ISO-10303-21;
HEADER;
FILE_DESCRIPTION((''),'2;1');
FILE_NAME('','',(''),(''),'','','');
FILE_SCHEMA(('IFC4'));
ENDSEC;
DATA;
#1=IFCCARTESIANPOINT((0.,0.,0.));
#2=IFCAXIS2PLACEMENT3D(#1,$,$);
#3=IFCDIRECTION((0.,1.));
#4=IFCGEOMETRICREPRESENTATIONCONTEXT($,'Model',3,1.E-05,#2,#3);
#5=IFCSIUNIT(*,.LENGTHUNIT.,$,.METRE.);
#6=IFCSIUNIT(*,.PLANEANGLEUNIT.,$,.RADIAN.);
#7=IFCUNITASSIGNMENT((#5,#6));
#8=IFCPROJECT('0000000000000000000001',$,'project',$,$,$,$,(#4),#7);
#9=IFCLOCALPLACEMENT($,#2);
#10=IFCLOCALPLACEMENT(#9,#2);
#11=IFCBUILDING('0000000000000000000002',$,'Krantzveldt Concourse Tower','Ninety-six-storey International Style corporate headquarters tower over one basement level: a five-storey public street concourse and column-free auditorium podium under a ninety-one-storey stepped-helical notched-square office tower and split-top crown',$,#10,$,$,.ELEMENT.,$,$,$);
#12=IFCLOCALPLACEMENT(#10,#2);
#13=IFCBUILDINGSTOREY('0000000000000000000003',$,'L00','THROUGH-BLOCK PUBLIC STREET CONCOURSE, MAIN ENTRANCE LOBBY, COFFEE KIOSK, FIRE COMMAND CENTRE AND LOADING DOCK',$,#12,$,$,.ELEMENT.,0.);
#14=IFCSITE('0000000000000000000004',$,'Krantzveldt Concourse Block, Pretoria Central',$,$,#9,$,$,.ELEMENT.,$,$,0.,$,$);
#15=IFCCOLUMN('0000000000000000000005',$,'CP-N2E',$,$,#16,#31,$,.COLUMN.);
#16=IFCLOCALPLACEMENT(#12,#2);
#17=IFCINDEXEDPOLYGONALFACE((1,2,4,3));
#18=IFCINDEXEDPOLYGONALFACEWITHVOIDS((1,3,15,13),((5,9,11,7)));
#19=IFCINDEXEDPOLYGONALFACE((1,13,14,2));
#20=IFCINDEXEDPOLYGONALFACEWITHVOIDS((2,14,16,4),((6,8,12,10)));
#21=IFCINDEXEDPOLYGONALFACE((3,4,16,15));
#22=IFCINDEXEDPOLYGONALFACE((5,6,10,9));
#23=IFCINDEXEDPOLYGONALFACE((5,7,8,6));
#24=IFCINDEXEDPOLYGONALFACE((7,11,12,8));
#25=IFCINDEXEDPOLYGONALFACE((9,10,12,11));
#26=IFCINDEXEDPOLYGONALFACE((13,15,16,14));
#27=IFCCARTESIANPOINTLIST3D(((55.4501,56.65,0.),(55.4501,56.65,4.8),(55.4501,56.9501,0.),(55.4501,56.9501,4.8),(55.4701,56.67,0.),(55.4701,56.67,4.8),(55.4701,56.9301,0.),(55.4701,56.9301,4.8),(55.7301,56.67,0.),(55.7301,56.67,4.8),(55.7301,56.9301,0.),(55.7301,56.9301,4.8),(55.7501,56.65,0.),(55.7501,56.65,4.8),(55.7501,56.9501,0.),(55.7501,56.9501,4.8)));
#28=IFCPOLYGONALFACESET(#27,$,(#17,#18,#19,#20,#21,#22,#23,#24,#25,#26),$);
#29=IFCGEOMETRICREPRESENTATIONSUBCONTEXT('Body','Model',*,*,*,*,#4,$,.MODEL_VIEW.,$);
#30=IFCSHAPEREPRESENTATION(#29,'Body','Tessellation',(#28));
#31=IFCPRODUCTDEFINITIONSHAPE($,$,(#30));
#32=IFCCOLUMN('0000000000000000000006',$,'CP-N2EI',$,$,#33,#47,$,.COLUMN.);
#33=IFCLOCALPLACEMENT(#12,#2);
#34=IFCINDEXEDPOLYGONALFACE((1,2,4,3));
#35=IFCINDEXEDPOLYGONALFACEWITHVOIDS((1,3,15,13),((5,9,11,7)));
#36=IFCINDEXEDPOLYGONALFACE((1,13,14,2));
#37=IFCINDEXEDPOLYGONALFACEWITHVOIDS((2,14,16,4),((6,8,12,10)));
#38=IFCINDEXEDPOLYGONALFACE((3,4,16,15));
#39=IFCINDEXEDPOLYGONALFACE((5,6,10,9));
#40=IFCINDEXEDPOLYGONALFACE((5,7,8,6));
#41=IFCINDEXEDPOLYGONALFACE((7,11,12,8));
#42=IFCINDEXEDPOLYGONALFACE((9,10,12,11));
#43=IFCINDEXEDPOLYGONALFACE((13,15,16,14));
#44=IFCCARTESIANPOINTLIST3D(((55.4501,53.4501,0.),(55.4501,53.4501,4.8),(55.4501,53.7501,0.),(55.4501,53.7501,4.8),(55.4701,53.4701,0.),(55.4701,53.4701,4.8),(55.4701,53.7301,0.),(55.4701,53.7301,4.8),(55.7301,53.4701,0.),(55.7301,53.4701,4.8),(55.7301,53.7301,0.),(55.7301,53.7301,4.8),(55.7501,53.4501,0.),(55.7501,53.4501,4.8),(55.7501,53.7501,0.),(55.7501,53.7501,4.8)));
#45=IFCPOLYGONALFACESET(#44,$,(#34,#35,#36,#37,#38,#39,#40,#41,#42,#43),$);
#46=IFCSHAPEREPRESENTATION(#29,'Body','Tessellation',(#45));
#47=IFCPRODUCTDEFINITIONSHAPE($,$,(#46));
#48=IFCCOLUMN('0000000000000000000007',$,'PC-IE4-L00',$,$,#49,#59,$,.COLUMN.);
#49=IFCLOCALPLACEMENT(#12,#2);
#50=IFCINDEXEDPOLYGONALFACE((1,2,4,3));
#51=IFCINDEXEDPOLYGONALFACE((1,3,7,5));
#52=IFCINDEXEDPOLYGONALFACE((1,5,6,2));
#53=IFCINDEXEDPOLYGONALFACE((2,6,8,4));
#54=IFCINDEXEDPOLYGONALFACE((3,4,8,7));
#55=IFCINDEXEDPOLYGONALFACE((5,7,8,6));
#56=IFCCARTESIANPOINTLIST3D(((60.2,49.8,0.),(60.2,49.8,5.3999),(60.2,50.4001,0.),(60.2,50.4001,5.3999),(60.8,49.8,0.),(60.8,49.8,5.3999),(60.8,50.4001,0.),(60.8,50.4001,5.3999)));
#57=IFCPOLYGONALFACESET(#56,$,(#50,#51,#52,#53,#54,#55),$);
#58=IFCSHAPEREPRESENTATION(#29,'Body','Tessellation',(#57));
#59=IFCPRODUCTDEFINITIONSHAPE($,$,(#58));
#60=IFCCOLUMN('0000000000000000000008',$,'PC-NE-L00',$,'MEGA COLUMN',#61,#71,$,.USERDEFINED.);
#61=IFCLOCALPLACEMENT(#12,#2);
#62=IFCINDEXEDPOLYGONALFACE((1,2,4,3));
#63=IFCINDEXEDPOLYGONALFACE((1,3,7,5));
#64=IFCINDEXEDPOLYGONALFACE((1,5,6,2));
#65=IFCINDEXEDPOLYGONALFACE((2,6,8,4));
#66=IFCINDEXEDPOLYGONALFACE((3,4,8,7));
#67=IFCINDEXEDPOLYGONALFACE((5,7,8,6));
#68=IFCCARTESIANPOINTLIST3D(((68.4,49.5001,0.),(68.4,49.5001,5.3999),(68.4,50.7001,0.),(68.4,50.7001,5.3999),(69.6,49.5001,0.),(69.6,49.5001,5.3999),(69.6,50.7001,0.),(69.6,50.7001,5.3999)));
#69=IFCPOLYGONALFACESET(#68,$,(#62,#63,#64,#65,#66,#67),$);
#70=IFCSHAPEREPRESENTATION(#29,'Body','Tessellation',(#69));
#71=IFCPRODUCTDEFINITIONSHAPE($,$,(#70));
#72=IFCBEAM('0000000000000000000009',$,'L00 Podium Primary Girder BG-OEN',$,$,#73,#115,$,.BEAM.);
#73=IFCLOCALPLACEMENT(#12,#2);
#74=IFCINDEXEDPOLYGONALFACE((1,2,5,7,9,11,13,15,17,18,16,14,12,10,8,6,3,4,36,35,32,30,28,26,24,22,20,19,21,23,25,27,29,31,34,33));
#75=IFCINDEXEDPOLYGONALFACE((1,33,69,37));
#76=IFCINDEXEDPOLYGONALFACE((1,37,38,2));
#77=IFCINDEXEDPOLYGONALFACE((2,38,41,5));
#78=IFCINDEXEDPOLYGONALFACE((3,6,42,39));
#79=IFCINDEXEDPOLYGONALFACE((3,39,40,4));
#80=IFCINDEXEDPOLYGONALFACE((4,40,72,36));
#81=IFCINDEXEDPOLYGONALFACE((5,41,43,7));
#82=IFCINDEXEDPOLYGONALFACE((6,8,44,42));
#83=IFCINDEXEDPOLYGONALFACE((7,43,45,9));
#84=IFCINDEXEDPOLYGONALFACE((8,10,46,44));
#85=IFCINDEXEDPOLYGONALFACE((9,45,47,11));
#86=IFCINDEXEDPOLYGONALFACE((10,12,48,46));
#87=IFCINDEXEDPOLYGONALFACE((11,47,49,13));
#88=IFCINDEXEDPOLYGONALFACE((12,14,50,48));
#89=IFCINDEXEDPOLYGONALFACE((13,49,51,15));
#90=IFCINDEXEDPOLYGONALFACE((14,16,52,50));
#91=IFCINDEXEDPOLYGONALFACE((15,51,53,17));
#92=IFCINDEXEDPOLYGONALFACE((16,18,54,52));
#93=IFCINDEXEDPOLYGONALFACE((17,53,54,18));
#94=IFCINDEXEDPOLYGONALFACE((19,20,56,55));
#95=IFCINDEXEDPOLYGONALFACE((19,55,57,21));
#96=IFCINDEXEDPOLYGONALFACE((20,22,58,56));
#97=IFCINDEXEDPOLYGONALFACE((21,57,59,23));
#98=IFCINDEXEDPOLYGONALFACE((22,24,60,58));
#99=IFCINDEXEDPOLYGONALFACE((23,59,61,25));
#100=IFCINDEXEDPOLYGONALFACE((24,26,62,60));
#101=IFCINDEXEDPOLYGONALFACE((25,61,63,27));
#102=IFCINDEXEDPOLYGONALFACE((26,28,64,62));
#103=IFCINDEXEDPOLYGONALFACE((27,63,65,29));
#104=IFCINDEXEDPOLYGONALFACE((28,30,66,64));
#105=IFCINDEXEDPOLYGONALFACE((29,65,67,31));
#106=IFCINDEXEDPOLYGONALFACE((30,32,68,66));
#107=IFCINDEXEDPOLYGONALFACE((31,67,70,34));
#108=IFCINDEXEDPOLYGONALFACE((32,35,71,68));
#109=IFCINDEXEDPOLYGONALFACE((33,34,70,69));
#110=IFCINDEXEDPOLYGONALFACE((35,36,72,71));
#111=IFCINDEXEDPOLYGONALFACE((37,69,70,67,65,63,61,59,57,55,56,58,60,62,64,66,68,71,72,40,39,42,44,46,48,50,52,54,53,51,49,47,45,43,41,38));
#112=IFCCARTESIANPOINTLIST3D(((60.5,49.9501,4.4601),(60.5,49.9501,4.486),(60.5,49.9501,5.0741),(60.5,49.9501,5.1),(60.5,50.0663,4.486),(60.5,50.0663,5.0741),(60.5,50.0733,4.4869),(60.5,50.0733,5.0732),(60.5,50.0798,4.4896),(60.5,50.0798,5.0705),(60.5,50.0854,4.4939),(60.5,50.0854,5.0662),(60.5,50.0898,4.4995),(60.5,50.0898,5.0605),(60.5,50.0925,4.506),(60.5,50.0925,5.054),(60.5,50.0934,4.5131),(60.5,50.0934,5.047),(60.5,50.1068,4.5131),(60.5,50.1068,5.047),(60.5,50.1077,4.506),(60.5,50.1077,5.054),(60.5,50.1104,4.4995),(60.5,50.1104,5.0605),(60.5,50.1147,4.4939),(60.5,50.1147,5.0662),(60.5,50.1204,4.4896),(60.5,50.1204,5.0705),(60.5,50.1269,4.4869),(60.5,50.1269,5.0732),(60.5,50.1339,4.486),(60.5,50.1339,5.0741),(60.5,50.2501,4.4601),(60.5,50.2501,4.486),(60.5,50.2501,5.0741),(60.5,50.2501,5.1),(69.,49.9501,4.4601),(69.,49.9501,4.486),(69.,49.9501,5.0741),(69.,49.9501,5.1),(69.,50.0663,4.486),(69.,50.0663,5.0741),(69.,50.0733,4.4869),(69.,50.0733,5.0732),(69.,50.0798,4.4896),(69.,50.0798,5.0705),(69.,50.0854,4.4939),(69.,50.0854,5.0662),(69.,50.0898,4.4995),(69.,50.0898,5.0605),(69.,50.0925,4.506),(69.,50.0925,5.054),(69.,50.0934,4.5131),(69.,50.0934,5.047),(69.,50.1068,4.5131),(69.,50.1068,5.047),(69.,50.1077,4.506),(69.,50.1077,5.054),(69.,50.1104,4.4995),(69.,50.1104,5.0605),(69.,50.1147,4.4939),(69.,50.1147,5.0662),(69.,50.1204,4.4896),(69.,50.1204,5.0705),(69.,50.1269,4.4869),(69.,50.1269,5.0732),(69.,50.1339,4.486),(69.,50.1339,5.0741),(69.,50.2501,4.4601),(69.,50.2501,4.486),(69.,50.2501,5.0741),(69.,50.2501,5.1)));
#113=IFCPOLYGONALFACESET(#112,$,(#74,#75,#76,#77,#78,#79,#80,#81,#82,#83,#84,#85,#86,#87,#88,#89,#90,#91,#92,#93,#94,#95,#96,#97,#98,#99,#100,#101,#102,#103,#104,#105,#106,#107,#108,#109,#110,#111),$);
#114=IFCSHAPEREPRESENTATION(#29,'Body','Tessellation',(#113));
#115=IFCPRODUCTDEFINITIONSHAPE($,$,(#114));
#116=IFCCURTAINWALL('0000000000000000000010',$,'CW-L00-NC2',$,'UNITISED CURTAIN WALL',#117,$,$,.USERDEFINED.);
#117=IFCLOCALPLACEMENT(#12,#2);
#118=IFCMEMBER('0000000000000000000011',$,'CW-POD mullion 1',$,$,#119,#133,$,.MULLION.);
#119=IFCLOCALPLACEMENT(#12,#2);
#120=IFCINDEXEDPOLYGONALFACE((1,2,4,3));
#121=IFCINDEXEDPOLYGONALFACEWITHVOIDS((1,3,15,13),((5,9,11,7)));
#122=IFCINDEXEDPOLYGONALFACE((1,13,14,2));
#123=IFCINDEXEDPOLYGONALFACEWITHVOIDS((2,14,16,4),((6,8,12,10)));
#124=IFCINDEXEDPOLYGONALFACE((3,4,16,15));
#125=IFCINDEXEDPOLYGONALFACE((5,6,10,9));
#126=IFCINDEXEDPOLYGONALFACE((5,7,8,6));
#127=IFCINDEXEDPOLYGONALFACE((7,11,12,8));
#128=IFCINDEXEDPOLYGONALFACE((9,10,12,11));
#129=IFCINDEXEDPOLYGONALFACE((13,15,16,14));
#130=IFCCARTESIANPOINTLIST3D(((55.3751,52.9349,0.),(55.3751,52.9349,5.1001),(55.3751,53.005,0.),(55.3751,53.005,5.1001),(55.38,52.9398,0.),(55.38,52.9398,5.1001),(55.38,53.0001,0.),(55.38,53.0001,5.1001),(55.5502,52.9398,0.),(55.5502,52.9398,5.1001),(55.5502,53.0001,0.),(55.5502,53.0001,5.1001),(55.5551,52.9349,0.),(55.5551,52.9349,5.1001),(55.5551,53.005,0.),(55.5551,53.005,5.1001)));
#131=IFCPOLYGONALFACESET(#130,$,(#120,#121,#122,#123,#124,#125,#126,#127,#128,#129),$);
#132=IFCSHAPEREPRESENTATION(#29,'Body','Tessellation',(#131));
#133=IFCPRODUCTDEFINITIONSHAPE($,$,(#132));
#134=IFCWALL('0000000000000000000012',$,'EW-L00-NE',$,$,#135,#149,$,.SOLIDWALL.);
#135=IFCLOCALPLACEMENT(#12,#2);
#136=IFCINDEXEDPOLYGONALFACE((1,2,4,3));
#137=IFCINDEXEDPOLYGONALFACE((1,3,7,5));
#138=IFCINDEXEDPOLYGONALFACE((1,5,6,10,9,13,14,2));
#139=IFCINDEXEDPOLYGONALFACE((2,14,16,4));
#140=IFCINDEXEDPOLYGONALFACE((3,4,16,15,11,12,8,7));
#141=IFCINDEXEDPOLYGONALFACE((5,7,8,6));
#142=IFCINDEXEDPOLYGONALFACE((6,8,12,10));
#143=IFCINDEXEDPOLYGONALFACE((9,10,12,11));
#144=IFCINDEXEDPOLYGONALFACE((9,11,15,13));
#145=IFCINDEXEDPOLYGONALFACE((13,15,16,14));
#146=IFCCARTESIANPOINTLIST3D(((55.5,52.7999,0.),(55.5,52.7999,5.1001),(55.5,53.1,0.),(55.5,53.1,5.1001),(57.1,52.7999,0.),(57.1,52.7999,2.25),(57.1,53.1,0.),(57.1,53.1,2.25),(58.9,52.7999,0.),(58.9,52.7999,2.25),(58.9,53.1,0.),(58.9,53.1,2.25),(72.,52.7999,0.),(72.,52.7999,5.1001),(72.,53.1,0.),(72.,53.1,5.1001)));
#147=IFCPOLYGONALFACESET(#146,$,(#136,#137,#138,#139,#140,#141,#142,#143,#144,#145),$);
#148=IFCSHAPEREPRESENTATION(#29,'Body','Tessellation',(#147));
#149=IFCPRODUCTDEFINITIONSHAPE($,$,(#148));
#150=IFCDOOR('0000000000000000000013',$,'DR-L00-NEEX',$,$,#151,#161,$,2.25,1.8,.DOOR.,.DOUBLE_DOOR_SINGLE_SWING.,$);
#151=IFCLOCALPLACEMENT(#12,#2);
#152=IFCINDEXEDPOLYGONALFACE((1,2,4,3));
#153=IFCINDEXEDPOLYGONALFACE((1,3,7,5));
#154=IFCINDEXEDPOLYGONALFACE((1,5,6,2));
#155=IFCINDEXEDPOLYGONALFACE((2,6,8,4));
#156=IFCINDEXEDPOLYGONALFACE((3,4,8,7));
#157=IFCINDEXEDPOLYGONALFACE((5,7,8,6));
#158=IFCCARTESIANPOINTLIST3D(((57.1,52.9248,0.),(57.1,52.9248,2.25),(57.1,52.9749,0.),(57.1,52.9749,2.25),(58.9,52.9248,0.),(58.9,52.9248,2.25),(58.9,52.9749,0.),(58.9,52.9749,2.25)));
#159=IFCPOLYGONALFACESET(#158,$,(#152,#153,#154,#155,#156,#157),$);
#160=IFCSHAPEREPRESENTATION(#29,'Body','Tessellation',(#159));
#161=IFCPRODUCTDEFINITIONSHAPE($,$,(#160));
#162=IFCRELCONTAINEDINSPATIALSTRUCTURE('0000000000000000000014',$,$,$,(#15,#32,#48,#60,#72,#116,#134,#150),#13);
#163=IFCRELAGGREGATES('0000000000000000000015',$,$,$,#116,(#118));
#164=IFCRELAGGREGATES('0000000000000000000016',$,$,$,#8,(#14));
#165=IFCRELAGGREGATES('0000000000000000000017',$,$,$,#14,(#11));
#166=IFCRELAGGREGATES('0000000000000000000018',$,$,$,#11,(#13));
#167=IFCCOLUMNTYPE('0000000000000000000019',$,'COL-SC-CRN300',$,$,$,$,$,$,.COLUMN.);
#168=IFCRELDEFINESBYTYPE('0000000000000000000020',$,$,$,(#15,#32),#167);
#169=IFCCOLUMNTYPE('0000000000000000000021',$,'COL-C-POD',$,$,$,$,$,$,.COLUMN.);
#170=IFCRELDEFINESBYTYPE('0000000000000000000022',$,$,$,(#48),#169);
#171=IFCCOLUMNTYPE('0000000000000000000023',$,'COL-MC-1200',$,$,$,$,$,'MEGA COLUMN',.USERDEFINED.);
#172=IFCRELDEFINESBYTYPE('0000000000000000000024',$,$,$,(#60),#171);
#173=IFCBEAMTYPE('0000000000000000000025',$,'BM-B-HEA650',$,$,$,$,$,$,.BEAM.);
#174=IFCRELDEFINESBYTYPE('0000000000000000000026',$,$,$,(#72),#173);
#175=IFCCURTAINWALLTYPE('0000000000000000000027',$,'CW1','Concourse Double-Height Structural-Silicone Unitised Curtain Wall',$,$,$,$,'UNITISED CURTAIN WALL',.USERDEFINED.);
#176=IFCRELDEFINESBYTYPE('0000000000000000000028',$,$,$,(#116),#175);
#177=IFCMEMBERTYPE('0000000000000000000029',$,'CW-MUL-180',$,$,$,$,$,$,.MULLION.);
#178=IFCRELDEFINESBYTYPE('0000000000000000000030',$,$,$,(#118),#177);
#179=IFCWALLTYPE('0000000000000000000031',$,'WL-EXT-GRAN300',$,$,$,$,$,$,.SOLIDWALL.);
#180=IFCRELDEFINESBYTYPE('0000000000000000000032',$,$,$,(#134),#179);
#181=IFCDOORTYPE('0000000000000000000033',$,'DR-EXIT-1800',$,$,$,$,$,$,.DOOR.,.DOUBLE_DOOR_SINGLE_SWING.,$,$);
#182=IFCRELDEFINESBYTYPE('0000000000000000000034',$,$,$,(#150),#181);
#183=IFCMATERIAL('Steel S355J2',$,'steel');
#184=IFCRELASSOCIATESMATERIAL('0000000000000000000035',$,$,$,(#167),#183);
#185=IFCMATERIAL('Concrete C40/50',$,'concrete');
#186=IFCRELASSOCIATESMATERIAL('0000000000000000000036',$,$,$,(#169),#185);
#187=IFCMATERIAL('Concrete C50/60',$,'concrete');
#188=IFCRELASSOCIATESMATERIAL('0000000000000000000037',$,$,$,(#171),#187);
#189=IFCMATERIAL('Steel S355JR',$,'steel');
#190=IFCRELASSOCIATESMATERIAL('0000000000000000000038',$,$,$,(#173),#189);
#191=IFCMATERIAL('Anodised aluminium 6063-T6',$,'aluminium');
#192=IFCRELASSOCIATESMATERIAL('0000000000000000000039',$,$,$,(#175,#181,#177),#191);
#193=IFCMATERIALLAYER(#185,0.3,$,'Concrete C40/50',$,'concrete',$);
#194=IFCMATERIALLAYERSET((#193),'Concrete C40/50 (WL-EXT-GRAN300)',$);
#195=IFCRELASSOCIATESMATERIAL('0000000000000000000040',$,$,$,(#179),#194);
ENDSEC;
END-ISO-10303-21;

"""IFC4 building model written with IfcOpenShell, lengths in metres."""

from ifc_helpers import new_model, si_unit, direction, frame, frame_2d, origin, origin_2d, place, context, subcontext, project, spatial, rectangle, hollow_rectangle, i_section, extrude, source, transform, mapped, material, layer, layer_set, material_profile, profile_set, type_object, type_shapes, element, fill, aggregate, save


model = new_model("IFC4")

# Units and contexts
model_context = context("Model", 3, precision=1e-05, world=origin(), true_north=direction((0.0, 1.0)))
body_context = subcontext(model_context, "Body", "Model", "MODEL_VIEW")
ifc_project = project(units=[si_unit("LENGTHUNIT", "METRE"), si_unit("PLANEANGLEUNIT", "RADIAN")], contexts=[model_context])

# Site, building, storey
site_placement = place(None, origin())
site = spatial("IfcSite", under=ifc_project, at=site_placement, Name="Krantzveldt Concourse Block, Pretoria Central", CompositionType="ELEMENT", RefElevation=0.0)
building_placement = place(site_placement, origin())
building = spatial("IfcBuilding", under=site, at=building_placement, Name="Krantzveldt Concourse Tower", Description="Ninety-six-storey International Style corporate headquarters tower over one basement level: a five-storey public street concourse and column-free auditorium podium under a ninety-one-storey stepped-helical notched-square office tower and split-top crown", CompositionType="ELEMENT")
storey_placement = place(building_placement, origin())
storey = spatial("IfcBuildingStorey", under=building, at=storey_placement, Name="L00", Description="THROUGH-BLOCK PUBLIC STREET CONCOURSE, MAIN ENTRANCE LOBBY, COFFEE KIOSK, FIRE COMMAND CENTRE AND LOADING DOCK", CompositionType="ELEMENT", Elevation=0.0)

# Columns
ifc_material_1 = material(Name="Steel S355J2", Category="steel")
ifc_material_profile_1 = material_profile(ifc_material_1, hollow_rectangle(XDim=0.3, YDim=0.3, WallThickness=0.02, at=origin_2d()), Name="Steel S355J2", Category="steel")
ifc_profile_set_1 = profile_set([ifc_material_profile_1], Name="Steel S355J2 - SHS 300x300x20")
column_type_1 = type_object("IfcColumnType", Name="COL-SC-CRN300", PredefinedType="COLUMN", material=ifc_profile_set_1)
shared_shape_1 = source(origin(), body_context, "Body", "SweptSolid", [
    extrude(hollow_rectangle(XDim=0.3, YDim=0.3, WallThickness=0.02, at=origin_2d()), origin(), (0.0, 0.0, 1.0), 4.8),
])
type_shapes(column_type_1, [shared_shape_1])
for number, where, z_axis, x_axis, name in (
    (1, (55.6001, 56.8, 0.0), (0.0, 0.0, 1.0), (1.0, 0.0, 0.0), "CP-N2E"),
    (2, (55.6001, 53.6001, 0.0), (0.0, 0.0, 1.0), (1.0, 0.0, 0.0), "CP-N2EI"),
):
    element("IfcColumn", number, at=place(storey_placement, frame(where, z_axis=z_axis, x_axis=x_axis)), inside=storey, type_object=column_type_1, Name=name, PredefinedType="COLUMN", context=body_context, shape_type="MappedRepresentation", body=[
        mapped(shared_shape_1, transform((0.0, 0.0, 0.0), x_axis=(1.0, 0.0, 0.0), y_axis=(0.0, 1.0, 0.0), z_axis=(0.0, 0.0, 1.0), scale=1.0)),
    ])
ifc_material_2 = material(Name="Concrete C40/50", Category="concrete")
ifc_material_profile_2 = material_profile(ifc_material_2, rectangle(XDim=0.6001, YDim=0.6001, at=origin_2d()), Name="Concrete C40/50", Category="concrete")
ifc_profile_set_2 = profile_set([ifc_material_profile_2], Name="Concrete C40/50 - RC 600x600")
column_type_2 = type_object("IfcColumnType", Name="COL-C-POD", PredefinedType="COLUMN", material=ifc_profile_set_2)
shared_shape_2 = source(origin(), body_context, "Body", "SweptSolid", [
    extrude(rectangle(XDim=0.6001, YDim=0.6001, at=origin_2d()), origin(), (0.0, 0.0, 1.0), 5.3999),
])
type_shapes(column_type_2, [shared_shape_2])
column_1_placement = place(storey_placement, frame((60.5, 50.1001, 0.0), z_axis=(0.0, 0.0, 1.0), x_axis=(1.0, 0.0, 0.0)))
element("IfcColumn", 3, at=column_1_placement, inside=storey, type_object=column_type_2, Name="PC-IE4-L00", PredefinedType="COLUMN", context=body_context, shape_type="MappedRepresentation", body=[
    mapped(shared_shape_2, transform((0.0, 0.0, 0.0), x_axis=(1.0, 0.0, 0.0), y_axis=(0.0, 1.0, 0.0), z_axis=(0.0, 0.0, 1.0), scale=1.0)),
])
ifc_material_3 = material(Name="Concrete C50/60", Category="concrete")
ifc_material_profile_3 = material_profile(ifc_material_3, rectangle(XDim=1.2, YDim=1.2, at=origin_2d()), Name="Concrete C50/60", Category="concrete")
ifc_profile_set_3 = profile_set([ifc_material_profile_3], Name="Concrete C50/60 - RC 1200x1200")
column_type_3 = type_object("IfcColumnType", Name="COL-MC-1200", ElementType="MEGA COLUMN", PredefinedType="USERDEFINED", material=ifc_profile_set_3)
shared_shape_3 = source(origin(), body_context, "Body", "SweptSolid", [
    extrude(rectangle(XDim=1.2, YDim=1.2, at=origin_2d()), origin(), (0.0, 0.0, 1.0), 5.3999),
])
type_shapes(column_type_3, [shared_shape_3])
column_2_placement = place(storey_placement, frame((69.0, 50.1001, 0.0), z_axis=(0.0, 0.0, 1.0), x_axis=(1.0, 0.0, 0.0)))
element("IfcColumn", 4, at=column_2_placement, inside=storey, type_object=column_type_3, Name="PC-NE-L00", ObjectType="MEGA COLUMN", PredefinedType="USERDEFINED", context=body_context, shape_type="MappedRepresentation", body=[
    mapped(shared_shape_3, transform((0.0, 0.0, 0.0), x_axis=(1.0, 0.0, 0.0), y_axis=(0.0, 1.0, 0.0), z_axis=(0.0, 0.0, 1.0), scale=1.0)),
])

# Beam
ifc_material_4 = material(Name="Steel S355JR", Category="steel")
ifc_material_profile_4 = material_profile(ifc_material_4, i_section(OverallWidth=0.3, OverallDepth=0.6399, WebThickness=0.0134, FlangeThickness=0.0259, FilletRadius=0.0271, at=origin_2d()), Name="Steel S355JR", Category="steel")
ifc_profile_set_4 = profile_set([ifc_material_profile_4], Name="Steel S355JR - HEA 650")
beam_type = type_object("IfcBeamType", Name="BM-B-HEA650", PredefinedType="BEAM", material=ifc_profile_set_4)
shared_shape_4 = source(origin(), body_context, "Body", "SweptSolid", [
    extrude(i_section(OverallWidth=0.3, OverallDepth=0.6399, WebThickness=0.0134, FlangeThickness=0.0259, FilletRadius=0.0271, at=origin_2d()), origin(), (0.0, 0.0, 1.0), 8.5),
])
type_shapes(beam_type, [shared_shape_4])
beam_placement = place(storey_placement, frame((60.5, 50.1001, 4.78), z_axis=(1.0, 0.0, 0.0), x_axis=(0.0, 1.0, 0.0)))
element("IfcBeam", 5, at=beam_placement, inside=storey, type_object=beam_type, Name="L00 Podium Primary Girder BG-OEN", PredefinedType="BEAM", context=body_context, shape_type="MappedRepresentation", body=[
    mapped(shared_shape_4, transform((0.0, 0.0, 0.0), x_axis=(1.0, 0.0, 0.0), y_axis=(0.0, 1.0, 0.0), z_axis=(0.0, 0.0, 1.0), scale=1.0)),
])

# Curtain wall, member
ifc_material_5 = material(Name="Anodised aluminium 6063-T6", Category="aluminium")
curtain_wall_type = type_object("IfcCurtainWallType", Name="CW1", Description="Concourse Double-Height Structural-Silicone Unitised Curtain Wall", ElementType="UNITISED CURTAIN WALL", PredefinedType="USERDEFINED", material=ifc_material_5)
curtain_wall_placement = place(storey_placement, origin())
curtain_wall = element("IfcCurtainWall", 6, at=curtain_wall_placement, inside=storey, type_object=curtain_wall_type, Name="CW-L00-NC2", ObjectType="UNITISED CURTAIN WALL", PredefinedType="USERDEFINED")
ifc_material_profile_5 = material_profile(ifc_material_5, hollow_rectangle(XDim=0.0701, YDim=0.1799, WallThickness=0.0049, at=origin_2d()), Name="Anodised aluminium 6063-T6", Category="aluminium")
ifc_profile_set_5 = profile_set([ifc_material_profile_5], Name="Anodised aluminium 6063-T6 - ALU-MULL 180x70x5")
member_type = type_object("IfcMemberType", Name="CW-MUL-180", PredefinedType="MULLION", material=ifc_profile_set_5)
shared_shape_5 = source(origin(), body_context, "Body", "SweptSolid", [
    extrude(hollow_rectangle(XDim=0.0701, YDim=0.1799, WallThickness=0.0049, at=origin_2d()), origin(), (0.0, 0.0, 1.0), 5.1001),
])
type_shapes(member_type, [shared_shape_5])
member_placement = place(storey_placement, frame((55.4651, 52.97, 0.0), z_axis=(0.0, 0.0, 1.0), x_axis=(0.0, -1.0, 0.0)))
member = element("IfcMember", 7, at=member_placement, type_object=member_type, Name="CW-POD mullion 1", PredefinedType="MULLION", context=body_context, shape_type="MappedRepresentation", body=[
    mapped(shared_shape_5, transform((0.0, 0.0, 0.0), x_axis=(1.0, 0.0, 0.0), y_axis=(0.0, 1.0, 0.0), z_axis=(0.0, 0.0, 1.0), scale=1.0)),
])
aggregate(curtain_wall, [member])

# Wall, opening, door
ifc_layer_1 = layer(ifc_material_2, 0.3, Name="Concrete C40/50", Category="concrete")
ifc_layer_set_1 = layer_set([ifc_layer_1], Name="Concrete C40/50 (WL-EXT-GRAN300)")
wall_type_1 = type_object("IfcWallType", Name="WL-EXT-GRAN300", PredefinedType="SOLIDWALL", material=ifc_layer_set_1)
wall_1_placement = place(storey_placement, frame((55.5, 52.95, 0.0), z_axis=(0.0, 0.0, 1.0), x_axis=(1.0, 0.0, 0.0)))
wall_1 = element("IfcWall", 8, at=wall_1_placement, inside=storey, type_object=wall_type_1, Name="EW-L00-NE", PredefinedType="SOLIDWALL", context=body_context, shape_type="SweptSolid", body=[
    extrude(rectangle(XDim=16.5, YDim=0.3, at=frame_2d((8.25, 0.0))), origin(), (0.0, 0.0, 1.0), 5.1001),
])
opening_1_placement = place(wall_1_placement, frame((1.6001, 0.0, 0.0)))
opening_1 = element("IfcOpeningElement", 9, at=opening_1_placement, cuts=wall_1, PredefinedType="OPENING", context=body_context, shape_type="SweptSolid", body=[
    extrude(rectangle(XDim=1.8, YDim=2.25, at=frame_2d((0.8999, 1.125))), frame((0.0, 0.1602, 0.0), z_axis=(0.0, -1.0, 0.0), x_axis=(1.0, 0.0, 0.0)), (0.0, 0.0, 1.0), 0.3201),
])
door_type_1 = type_object("IfcDoorType", Name="DR-EXIT-1800", OperationType="DOUBLE_DOOR_SINGLE_SWING", PredefinedType="DOOR", material=ifc_material_5)
door_1_placement = place(opening_1_placement, origin())
door_1 = element("IfcDoor", 10, at=door_1_placement, inside=storey, type_object=door_type_1, Name="DR-L00-NEEX", OperationType="DOUBLE_DOOR_SINGLE_SWING", OverallHeight=2.25, OverallWidth=1.8, PredefinedType="DOOR", context=body_context, shape_type="SweptSolid", body=[
    extrude(rectangle(XDim=1.8, YDim=2.25, at=frame_2d((0.8999, 1.125))), frame((0.0, 0.0249, 0.0), z_axis=(0.0, -1.0, 0.0), x_axis=(1.0, 0.0, 0.0)), (0.0, 0.0, 1.0), 0.05),
])
fill(opening_1, door_1)

save(model, "model.ifc")
